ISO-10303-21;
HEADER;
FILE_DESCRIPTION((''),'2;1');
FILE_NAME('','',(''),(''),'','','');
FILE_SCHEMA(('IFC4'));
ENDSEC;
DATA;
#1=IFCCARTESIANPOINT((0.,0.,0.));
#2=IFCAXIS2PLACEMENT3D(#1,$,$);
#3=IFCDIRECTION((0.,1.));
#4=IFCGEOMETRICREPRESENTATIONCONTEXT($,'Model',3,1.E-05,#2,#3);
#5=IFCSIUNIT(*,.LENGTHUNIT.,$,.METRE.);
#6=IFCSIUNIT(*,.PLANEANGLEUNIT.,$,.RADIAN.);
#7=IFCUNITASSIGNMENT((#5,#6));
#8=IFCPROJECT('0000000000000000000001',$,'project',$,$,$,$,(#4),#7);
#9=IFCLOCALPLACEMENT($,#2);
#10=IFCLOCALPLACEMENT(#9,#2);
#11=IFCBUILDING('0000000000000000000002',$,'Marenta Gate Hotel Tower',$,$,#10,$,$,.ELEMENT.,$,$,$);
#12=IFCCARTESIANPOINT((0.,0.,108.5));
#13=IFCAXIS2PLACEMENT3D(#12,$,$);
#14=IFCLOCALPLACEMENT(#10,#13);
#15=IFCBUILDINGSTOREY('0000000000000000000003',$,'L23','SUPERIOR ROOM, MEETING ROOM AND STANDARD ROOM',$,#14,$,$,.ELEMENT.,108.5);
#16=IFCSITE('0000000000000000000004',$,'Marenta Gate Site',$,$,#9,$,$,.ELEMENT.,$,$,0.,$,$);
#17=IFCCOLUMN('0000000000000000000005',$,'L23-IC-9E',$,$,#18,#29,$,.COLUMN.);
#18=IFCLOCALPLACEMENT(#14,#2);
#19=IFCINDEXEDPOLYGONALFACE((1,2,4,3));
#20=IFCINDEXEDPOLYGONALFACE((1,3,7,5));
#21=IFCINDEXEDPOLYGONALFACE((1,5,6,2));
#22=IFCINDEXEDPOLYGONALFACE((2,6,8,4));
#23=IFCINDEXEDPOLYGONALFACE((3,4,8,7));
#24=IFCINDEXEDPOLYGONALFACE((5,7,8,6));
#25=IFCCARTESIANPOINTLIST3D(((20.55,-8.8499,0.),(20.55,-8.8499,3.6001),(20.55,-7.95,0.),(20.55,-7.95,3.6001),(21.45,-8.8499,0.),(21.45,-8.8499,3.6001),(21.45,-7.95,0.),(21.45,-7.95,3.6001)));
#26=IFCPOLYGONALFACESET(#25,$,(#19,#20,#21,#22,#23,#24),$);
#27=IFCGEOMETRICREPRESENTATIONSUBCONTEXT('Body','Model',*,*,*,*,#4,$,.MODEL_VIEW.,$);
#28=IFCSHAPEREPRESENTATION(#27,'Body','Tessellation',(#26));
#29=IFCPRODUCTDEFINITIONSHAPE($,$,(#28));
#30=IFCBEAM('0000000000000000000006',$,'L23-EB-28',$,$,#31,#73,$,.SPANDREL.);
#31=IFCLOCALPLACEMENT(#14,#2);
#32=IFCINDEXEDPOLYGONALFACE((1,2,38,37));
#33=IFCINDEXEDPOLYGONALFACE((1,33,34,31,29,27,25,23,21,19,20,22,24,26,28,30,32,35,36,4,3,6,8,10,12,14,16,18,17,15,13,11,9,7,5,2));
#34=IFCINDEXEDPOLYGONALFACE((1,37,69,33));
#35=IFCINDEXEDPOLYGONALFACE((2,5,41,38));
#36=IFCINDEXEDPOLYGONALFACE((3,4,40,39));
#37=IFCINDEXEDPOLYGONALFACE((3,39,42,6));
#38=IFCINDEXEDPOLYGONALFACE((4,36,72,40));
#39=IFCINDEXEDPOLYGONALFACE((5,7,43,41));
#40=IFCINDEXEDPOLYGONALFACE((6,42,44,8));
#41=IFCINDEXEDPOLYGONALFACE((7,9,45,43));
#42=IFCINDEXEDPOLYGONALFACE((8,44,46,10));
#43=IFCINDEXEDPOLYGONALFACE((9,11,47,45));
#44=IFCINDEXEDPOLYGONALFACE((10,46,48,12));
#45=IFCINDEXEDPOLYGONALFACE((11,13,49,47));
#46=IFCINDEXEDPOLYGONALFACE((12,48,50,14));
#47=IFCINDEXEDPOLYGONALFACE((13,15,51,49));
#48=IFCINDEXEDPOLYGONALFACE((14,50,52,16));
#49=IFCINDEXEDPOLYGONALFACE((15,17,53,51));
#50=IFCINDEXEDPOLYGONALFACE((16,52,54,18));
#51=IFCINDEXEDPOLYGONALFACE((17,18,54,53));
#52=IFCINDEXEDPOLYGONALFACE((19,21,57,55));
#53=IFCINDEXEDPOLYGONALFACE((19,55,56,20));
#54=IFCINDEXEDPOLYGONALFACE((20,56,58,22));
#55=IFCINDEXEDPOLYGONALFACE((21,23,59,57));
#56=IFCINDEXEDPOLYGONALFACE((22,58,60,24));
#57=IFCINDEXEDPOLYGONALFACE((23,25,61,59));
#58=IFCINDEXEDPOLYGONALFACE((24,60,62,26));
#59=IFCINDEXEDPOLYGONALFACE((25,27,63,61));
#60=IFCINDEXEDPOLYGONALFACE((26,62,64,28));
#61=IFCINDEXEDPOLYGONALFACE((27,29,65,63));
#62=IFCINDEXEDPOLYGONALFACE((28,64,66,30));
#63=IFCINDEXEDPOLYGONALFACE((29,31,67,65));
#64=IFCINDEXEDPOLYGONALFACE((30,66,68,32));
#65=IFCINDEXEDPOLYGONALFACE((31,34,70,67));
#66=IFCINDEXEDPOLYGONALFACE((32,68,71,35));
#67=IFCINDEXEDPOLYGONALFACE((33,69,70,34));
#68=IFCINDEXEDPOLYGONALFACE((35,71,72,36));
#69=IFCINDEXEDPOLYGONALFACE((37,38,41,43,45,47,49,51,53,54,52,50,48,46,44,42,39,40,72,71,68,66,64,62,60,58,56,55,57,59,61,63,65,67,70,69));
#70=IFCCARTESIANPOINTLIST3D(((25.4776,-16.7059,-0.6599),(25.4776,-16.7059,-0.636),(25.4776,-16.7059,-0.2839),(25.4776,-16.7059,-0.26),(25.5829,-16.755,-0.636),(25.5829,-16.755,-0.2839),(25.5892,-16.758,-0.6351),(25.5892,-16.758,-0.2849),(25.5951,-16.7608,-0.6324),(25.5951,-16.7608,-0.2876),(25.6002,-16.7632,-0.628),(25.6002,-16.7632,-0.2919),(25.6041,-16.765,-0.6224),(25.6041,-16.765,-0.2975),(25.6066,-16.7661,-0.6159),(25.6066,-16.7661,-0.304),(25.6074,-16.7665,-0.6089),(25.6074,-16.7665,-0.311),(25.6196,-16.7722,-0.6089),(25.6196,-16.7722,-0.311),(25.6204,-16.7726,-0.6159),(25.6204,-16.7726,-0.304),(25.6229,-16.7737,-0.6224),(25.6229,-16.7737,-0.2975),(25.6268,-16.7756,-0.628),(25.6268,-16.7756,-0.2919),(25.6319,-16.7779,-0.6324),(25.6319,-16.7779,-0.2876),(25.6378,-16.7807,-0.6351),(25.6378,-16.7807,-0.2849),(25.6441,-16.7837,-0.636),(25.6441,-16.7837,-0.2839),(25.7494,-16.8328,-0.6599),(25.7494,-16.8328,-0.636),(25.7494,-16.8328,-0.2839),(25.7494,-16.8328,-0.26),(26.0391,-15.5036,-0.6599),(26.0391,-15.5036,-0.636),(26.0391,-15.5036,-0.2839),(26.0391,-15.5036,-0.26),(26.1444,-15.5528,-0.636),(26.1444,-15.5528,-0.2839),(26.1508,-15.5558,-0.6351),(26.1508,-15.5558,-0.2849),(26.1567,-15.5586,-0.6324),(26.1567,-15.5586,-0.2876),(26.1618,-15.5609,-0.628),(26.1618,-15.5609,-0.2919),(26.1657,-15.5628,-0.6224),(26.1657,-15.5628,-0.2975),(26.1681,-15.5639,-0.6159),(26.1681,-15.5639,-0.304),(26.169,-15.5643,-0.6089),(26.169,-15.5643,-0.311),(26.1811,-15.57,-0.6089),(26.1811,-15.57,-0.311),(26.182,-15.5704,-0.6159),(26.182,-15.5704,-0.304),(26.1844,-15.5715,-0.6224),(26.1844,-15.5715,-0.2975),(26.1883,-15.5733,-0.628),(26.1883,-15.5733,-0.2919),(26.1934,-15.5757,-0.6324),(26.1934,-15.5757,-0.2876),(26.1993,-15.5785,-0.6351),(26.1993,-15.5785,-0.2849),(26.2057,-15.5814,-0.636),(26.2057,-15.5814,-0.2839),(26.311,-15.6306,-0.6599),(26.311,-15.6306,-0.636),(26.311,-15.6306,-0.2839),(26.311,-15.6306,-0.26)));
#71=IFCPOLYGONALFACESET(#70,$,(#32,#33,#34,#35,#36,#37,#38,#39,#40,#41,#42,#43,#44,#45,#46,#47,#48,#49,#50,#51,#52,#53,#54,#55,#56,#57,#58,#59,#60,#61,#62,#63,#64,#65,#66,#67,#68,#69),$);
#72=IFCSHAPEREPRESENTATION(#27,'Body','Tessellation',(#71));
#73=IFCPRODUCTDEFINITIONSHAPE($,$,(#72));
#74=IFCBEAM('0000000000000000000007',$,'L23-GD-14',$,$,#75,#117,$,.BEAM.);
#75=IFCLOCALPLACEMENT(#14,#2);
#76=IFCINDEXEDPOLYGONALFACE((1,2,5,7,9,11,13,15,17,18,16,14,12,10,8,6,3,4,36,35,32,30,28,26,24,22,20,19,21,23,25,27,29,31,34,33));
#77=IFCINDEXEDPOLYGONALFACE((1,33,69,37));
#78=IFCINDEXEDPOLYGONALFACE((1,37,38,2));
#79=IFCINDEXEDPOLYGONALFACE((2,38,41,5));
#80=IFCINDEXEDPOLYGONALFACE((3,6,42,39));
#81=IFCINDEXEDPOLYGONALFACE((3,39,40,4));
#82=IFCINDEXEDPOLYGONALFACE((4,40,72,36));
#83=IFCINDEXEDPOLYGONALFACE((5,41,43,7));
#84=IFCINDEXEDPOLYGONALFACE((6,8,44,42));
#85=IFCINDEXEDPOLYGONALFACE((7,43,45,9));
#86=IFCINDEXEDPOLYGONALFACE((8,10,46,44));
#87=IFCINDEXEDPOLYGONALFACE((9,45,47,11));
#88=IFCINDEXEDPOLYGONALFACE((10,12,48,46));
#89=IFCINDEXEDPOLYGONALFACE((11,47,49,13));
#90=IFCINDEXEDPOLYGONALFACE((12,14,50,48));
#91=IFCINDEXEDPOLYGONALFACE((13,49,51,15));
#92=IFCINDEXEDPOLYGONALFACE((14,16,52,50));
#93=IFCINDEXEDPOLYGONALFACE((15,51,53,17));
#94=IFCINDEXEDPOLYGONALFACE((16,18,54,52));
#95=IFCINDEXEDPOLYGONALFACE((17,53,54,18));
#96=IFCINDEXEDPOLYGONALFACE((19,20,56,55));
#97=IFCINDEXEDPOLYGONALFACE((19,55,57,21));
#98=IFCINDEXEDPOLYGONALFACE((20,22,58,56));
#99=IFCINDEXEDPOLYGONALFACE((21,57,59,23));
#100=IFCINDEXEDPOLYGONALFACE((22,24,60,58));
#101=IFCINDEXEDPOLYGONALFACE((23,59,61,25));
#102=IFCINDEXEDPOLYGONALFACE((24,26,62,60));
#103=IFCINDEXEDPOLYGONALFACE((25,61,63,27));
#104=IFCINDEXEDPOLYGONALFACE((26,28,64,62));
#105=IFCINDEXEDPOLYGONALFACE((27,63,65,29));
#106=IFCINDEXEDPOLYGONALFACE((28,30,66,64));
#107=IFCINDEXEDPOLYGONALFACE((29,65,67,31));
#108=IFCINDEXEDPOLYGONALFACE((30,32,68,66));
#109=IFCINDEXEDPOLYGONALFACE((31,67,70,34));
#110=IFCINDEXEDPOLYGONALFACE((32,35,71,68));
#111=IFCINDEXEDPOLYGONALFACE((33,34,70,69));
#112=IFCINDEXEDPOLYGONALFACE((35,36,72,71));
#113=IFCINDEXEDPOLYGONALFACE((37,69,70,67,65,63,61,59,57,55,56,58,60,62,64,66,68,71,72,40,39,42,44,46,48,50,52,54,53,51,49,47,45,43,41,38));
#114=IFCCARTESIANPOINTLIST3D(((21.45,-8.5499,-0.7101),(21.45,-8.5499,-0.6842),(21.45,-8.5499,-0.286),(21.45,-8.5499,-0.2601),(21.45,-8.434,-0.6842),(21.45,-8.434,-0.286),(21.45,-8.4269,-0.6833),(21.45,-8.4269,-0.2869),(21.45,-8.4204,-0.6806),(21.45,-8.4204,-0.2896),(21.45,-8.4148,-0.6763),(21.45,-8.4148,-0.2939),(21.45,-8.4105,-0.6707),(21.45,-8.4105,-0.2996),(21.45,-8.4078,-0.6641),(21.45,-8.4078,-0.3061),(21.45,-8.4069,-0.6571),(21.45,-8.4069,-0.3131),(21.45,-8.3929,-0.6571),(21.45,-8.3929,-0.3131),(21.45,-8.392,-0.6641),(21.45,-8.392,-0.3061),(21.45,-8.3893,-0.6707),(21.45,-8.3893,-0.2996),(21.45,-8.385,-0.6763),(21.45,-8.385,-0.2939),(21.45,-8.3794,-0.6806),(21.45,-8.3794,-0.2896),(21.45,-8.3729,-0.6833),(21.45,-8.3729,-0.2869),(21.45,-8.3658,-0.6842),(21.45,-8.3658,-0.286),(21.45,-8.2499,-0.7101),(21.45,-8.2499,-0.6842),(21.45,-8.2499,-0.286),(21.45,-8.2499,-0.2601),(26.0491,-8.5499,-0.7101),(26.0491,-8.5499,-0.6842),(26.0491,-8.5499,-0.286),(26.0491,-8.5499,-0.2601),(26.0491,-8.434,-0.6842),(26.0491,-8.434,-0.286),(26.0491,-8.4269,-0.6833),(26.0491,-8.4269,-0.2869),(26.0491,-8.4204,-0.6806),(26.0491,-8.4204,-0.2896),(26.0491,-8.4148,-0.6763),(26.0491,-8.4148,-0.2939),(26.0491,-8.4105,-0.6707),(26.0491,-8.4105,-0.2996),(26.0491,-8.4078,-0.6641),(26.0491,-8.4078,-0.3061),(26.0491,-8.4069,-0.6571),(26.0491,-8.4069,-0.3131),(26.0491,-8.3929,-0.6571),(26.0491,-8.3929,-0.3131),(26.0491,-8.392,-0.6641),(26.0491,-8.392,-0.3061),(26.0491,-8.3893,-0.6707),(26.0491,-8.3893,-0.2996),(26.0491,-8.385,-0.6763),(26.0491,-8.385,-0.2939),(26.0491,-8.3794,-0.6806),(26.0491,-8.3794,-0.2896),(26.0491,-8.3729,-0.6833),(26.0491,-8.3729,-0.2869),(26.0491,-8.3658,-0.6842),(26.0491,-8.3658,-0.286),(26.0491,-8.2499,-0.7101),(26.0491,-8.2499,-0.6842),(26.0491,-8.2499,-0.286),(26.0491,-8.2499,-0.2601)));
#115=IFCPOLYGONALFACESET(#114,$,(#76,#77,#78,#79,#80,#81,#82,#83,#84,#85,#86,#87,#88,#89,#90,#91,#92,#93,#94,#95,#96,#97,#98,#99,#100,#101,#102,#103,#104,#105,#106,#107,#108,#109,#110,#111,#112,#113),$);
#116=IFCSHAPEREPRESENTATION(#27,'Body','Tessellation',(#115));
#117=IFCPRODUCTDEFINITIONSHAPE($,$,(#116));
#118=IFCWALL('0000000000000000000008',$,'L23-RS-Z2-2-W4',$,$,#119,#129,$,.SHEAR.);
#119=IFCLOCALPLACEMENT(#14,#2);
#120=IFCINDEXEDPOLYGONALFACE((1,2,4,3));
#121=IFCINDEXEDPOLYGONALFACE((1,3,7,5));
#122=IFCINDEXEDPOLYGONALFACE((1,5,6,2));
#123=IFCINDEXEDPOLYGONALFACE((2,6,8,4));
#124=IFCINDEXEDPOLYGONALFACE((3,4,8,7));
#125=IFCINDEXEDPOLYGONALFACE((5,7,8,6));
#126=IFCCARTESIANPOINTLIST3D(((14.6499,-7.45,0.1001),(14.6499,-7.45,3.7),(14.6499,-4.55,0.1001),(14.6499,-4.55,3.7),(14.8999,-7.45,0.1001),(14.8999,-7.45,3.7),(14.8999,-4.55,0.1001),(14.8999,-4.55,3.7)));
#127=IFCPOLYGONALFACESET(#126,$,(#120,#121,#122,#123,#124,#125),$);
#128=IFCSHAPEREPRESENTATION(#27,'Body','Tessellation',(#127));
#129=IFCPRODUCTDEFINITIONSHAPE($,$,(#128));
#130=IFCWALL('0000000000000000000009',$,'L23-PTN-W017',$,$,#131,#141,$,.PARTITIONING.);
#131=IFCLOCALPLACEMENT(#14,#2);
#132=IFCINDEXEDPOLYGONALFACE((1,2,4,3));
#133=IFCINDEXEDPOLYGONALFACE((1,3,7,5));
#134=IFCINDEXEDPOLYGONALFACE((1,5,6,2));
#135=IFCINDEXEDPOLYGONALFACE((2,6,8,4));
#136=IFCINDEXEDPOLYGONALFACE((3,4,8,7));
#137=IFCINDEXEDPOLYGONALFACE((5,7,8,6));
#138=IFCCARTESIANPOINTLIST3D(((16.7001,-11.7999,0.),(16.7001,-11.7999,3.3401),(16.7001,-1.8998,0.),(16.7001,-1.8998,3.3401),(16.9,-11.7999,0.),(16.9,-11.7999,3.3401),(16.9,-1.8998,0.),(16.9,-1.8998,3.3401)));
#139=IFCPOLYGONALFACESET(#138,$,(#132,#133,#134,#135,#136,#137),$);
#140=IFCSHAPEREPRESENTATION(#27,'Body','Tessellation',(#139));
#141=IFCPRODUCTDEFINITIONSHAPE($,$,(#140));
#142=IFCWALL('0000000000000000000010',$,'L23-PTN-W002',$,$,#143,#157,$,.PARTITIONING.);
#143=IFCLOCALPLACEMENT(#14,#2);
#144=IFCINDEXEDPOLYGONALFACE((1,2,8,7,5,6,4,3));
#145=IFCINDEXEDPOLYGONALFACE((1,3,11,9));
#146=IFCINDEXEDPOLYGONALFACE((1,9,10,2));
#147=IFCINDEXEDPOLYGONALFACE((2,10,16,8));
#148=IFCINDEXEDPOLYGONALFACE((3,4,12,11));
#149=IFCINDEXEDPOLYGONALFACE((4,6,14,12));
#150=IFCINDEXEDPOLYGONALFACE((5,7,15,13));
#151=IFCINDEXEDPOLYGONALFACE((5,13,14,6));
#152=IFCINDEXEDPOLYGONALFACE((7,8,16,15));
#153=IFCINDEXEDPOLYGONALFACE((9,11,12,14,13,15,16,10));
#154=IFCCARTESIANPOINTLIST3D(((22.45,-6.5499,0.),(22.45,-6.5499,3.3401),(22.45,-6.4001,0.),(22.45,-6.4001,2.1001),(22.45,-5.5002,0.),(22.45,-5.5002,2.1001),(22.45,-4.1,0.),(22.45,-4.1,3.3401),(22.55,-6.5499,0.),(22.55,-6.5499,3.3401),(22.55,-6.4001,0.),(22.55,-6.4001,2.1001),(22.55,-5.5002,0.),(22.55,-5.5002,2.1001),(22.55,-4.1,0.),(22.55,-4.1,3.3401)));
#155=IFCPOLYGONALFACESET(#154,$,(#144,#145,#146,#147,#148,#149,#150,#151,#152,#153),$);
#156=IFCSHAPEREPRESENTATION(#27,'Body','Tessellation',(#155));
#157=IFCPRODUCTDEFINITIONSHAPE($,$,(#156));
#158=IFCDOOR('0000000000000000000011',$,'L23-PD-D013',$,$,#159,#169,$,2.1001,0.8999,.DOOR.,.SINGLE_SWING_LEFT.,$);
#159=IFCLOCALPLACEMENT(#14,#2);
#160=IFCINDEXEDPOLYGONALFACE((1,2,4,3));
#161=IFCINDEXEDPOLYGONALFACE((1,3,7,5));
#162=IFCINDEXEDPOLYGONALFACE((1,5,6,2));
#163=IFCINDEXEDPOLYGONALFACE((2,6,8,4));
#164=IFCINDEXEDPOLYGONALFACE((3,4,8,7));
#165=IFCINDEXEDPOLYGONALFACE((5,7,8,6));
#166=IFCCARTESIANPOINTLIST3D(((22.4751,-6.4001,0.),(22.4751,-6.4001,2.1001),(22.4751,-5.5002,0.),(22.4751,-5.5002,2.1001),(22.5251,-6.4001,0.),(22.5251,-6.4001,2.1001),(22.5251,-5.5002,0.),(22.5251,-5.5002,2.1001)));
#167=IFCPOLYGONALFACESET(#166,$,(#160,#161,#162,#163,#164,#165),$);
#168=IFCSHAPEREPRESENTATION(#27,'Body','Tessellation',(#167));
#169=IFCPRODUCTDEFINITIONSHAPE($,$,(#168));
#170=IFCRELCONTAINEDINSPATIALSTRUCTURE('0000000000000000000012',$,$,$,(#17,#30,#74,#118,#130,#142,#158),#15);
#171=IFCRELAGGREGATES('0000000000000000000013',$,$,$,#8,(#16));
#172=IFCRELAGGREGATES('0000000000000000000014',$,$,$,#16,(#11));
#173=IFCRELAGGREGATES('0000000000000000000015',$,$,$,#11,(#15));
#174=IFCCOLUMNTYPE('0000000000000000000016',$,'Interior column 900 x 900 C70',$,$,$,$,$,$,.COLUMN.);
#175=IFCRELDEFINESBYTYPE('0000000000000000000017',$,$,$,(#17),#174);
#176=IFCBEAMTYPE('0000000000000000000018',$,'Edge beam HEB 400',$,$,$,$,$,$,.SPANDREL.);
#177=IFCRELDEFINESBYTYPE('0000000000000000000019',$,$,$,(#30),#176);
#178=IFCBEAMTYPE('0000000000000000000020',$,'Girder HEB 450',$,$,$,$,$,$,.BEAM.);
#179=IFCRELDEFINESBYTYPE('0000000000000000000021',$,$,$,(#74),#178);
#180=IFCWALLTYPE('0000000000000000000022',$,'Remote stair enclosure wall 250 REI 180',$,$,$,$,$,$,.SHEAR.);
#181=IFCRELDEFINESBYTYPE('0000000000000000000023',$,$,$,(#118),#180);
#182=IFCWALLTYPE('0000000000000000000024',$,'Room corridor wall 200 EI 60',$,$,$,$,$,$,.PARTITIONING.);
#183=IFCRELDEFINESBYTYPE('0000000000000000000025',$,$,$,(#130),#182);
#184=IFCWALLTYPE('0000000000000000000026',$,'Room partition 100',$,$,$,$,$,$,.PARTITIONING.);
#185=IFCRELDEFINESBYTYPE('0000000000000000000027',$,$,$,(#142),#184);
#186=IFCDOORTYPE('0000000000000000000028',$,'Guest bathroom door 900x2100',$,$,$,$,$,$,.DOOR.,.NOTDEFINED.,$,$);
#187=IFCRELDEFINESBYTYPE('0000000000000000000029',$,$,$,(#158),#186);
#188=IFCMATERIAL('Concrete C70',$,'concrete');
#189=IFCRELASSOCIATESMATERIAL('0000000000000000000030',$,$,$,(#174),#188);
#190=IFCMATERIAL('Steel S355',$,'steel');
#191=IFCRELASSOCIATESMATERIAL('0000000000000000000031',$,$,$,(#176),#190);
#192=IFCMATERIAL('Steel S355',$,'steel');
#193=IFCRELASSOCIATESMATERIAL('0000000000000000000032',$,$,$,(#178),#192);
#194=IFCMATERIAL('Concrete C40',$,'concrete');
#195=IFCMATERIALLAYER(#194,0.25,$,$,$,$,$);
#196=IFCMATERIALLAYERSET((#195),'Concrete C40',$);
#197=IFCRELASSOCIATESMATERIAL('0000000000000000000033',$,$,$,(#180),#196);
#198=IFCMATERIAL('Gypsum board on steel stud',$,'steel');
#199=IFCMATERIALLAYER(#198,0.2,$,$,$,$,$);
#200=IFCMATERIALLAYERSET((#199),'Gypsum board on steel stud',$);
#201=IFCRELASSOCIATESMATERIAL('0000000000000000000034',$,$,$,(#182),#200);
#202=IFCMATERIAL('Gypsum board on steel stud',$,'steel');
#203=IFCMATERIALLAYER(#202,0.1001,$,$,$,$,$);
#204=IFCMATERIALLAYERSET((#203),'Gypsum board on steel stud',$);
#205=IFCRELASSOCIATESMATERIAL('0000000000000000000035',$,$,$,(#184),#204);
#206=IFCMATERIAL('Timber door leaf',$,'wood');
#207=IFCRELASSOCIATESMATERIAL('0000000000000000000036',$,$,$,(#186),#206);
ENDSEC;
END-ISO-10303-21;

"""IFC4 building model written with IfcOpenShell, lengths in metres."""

from ifc_helpers import new_model, si_unit, direction, frame, frame_2d, origin, origin_2d, place, context, subcontext, project, spatial, rectangle, i_section, extrude, material, layer, layer_set, material_profile, profile_set, type_object, element, fill, save


model = new_model("IFC4")

# Units and contexts
model_context = context("Model", 3, precision=1e-05, world=origin(), true_north=direction((0.0, 1.0)))
body_context = subcontext(model_context, "Body", "Model", "MODEL_VIEW")
ifc_project = project(units=[si_unit("LENGTHUNIT", "METRE"), si_unit("PLANEANGLEUNIT", "RADIAN")], contexts=[model_context])

# Site, building, storey
site_placement = place(None, origin())
site = spatial("IfcSite", under=ifc_project, at=site_placement, Name="Marenta Gate Site", CompositionType="ELEMENT", RefElevation=0.0)
building_placement = place(site_placement, origin())
building = spatial("IfcBuilding", under=site, at=building_placement, Name="Marenta Gate Hotel Tower", CompositionType="ELEMENT")
storey_placement = place(building_placement, frame((0.0, 0.0, 108.5)))
storey = spatial("IfcBuildingStorey", under=building, at=storey_placement, Name="L23", Description="SUPERIOR ROOM, MEETING ROOM AND STANDARD ROOM", CompositionType="ELEMENT", Elevation=108.5)

# Column
ifc_material_1 = material(Name="Concrete C70", Category="concrete")
ifc_material_profile_1 = material_profile(ifc_material_1, rectangle(XDim=0.8999, YDim=0.8999, at=origin_2d()), Name="900 x 900")
ifc_profile_set_1 = profile_set([ifc_material_profile_1], Name="Concrete C70")
column_type = type_object("IfcColumnType", Name="Interior column 900 x 900 C70", PredefinedType="COLUMN", material=ifc_profile_set_1)
column_placement = place(storey_placement, frame((21.0, -8.3999, 0.0), z_axis=(0.0, 0.0, 1.0), x_axis=(1.0, 0.0, 0.0)))
element("IfcColumn", 1, at=column_placement, inside=storey, type_object=column_type, Name="L23-IC-9E", PredefinedType="COLUMN", context=body_context, shape_type="SweptSolid", body=[
    extrude(rectangle(XDim=0.8999, YDim=0.8999, at=origin_2d()), origin(), (0.0, 0.0, 1.0), 3.6001),
])

# Beams
ifc_material_2 = material(Name="Steel S355", Category="steel")
ifc_material_profile_2 = material_profile(ifc_material_2, i_section(OverallWidth=0.3, OverallDepth=0.3999, WebThickness=0.0134, FlangeThickness=0.0239, FilletRadius=0.0271, at=origin_2d()), Name="HEB 400")
ifc_profile_set_2 = profile_set([ifc_material_profile_2], Name="Steel S355")
beam_type_1 = type_object("IfcBeamType", Name="Edge beam HEB 400", PredefinedType="SPANDREL", material=ifc_profile_set_2)
beam_1_placement = place(storey_placement, frame((26.175, -15.5671, -0.46), z_axis=(-0.423208, -0.906033, 0.0), x_axis=(0.906033, -0.423208, 0.0)))
element("IfcBeam", 2, at=beam_1_placement, inside=storey, type_object=beam_type_1, Name="L23-EB-28", PredefinedType="SPANDREL", context=body_context, shape_type="SweptSolid", body=[
    extrude(i_section(OverallWidth=0.3, OverallDepth=0.3999, WebThickness=0.0134, FlangeThickness=0.0239, FilletRadius=0.0271, at=origin_2d()), origin(), (0.0, 0.0, 1.0), 1.3269),
])
ifc_material_3 = material(Name="Steel S355", Category="steel")
ifc_material_profile_3 = material_profile(ifc_material_3, i_section(OverallWidth=0.3, OverallDepth=0.45, WebThickness=0.0139, FlangeThickness=0.0259, FilletRadius=0.0271, at=origin_2d()), Name="HEB 450")
ifc_profile_set_3 = profile_set([ifc_material_profile_3], Name="Steel S355")
beam_type_2 = type_object("IfcBeamType", Name="Girder HEB 450", PredefinedType="BEAM", material=ifc_profile_set_3)
beam_2_placement = place(storey_placement, frame((21.45, -8.3999, -0.4851), z_axis=(1.0, 0.0, 0.0), x_axis=(0.0, 1.0, 0.0)))
element("IfcBeam", 3, at=beam_2_placement, inside=storey, type_object=beam_type_2, Name="L23-GD-14", PredefinedType="BEAM", context=body_context, shape_type="SweptSolid", body=[
    extrude(i_section(OverallWidth=0.3, OverallDepth=0.45, WebThickness=0.0139, FlangeThickness=0.0259, FilletRadius=0.0271, at=origin_2d()), origin(), (0.0, 0.0, 1.0), 4.5991),
])

# Walls
ifc_material_4 = material(Name="Concrete C40", Category="concrete")
ifc_layer_1 = layer(ifc_material_4, 0.25)
ifc_layer_set_1 = layer_set([ifc_layer_1], Name="Concrete C40")
wall_type_1 = type_object("IfcWallType", Name="Remote stair enclosure wall 250 REI 180", PredefinedType="SHEAR", material=ifc_layer_set_1)
wall_1_placement = place(storey_placement, frame((14.7749, -7.45, 0.1001), z_axis=(0.0, 0.0, 1.0), x_axis=(0.0, 1.0, 0.0)))
element("IfcWall", 4, at=wall_1_placement, inside=storey, type_object=wall_type_1, Name="L23-RS-Z2-2-W4", PredefinedType="SHEAR", context=body_context, shape_type="SweptSolid", body=[
    extrude(rectangle(XDim=2.8999, YDim=0.25, at=frame_2d((1.45, 0.0))), origin(), (0.0, 0.0, 1.0), 3.5999),
])
ifc_material_5 = material(Name="Gypsum board on steel stud", Category="steel")
ifc_layer_2 = layer(ifc_material_5, 0.2)
ifc_layer_set_2 = layer_set([ifc_layer_2], Name="Gypsum board on steel stud")
wall_type_2 = type_object("IfcWallType", Name="Room corridor wall 200 EI 60", PredefinedType="PARTITIONING", material=ifc_layer_set_2)
wall_2_placement = place(storey_placement, frame((16.8, -11.8, 0.0), z_axis=(0.0, 0.0, 1.0), x_axis=(0.0, 1.0, 0.0)))
element("IfcWall", 5, at=wall_2_placement, inside=storey, type_object=wall_type_2, Name="L23-PTN-W017", PredefinedType="PARTITIONING", context=body_context, shape_type="SweptSolid", body=[
    extrude(rectangle(XDim=9.9001, YDim=0.2, at=frame_2d((4.9502, 0.0))), origin(), (0.0, 0.0, 1.0), 3.3401),
])

# Wall, opening, door
ifc_material_6 = material(Name="Gypsum board on steel stud", Category="steel")
ifc_layer_3 = layer(ifc_material_6, 0.1001)
ifc_layer_set_3 = layer_set([ifc_layer_3], Name="Gypsum board on steel stud")
wall_type_3 = type_object("IfcWallType", Name="Room partition 100", PredefinedType="PARTITIONING", material=ifc_layer_set_3)
wall_3_placement = place(storey_placement, frame((22.5, -6.55, 0.0), z_axis=(0.0, 0.0, 1.0), x_axis=(0.0, 1.0, 0.0)))
wall_3 = element("IfcWall", 6, at=wall_3_placement, inside=storey, type_object=wall_type_3, Name="L23-PTN-W002", PredefinedType="PARTITIONING", context=body_context, shape_type="SweptSolid", body=[
    extrude(rectangle(XDim=2.45, YDim=0.1001, at=frame_2d((1.2251, 0.0))), origin(), (0.0, 0.0, 1.0), 3.3401),
])
opening_1_placement = place(wall_3_placement, frame((0.1499, 0.0, 0.0)))
opening_1 = element("IfcOpeningElement", 7, at=opening_1_placement, cuts=wall_3, PredefinedType="OPENING", context=body_context, shape_type="SweptSolid", body=[
    extrude(rectangle(XDim=0.8999, YDim=2.1001, at=frame_2d((0.45, 1.05))), frame((0.0, 0.05, 0.0), z_axis=(0.0, -1.0, 0.0), x_axis=(1.0, 0.0, 0.0)), (0.0, 0.0, 1.0), 0.1001),
])
ifc_material_7 = material(Name="Timber door leaf", Category="wood")
door_type_1 = type_object("IfcDoorType", Name="Guest bathroom door 900x2100", OperationType="NOTDEFINED", PredefinedType="DOOR", material=ifc_material_7)
door_1_placement = place(opening_1_placement, origin())
door_1 = element("IfcDoor", 8, at=door_1_placement, inside=storey, type_object=door_type_1, Name="L23-PD-D013", OperationType="SINGLE_SWING_LEFT", OverallHeight=2.1001, OverallWidth=0.8999, PredefinedType="DOOR", context=body_context, shape_type="SweptSolid", body=[
    extrude(rectangle(XDim=0.8999, YDim=2.1001, at=frame_2d((0.45, 1.05))), frame((0.0, 0.0249, 0.0), z_axis=(0.0, -1.0, 0.0), x_axis=(1.0, 0.0, 0.0)), (0.0, 0.0, 1.0), 0.05),
])
fill(opening_1, door_1)

save(model, "model.ifc")
